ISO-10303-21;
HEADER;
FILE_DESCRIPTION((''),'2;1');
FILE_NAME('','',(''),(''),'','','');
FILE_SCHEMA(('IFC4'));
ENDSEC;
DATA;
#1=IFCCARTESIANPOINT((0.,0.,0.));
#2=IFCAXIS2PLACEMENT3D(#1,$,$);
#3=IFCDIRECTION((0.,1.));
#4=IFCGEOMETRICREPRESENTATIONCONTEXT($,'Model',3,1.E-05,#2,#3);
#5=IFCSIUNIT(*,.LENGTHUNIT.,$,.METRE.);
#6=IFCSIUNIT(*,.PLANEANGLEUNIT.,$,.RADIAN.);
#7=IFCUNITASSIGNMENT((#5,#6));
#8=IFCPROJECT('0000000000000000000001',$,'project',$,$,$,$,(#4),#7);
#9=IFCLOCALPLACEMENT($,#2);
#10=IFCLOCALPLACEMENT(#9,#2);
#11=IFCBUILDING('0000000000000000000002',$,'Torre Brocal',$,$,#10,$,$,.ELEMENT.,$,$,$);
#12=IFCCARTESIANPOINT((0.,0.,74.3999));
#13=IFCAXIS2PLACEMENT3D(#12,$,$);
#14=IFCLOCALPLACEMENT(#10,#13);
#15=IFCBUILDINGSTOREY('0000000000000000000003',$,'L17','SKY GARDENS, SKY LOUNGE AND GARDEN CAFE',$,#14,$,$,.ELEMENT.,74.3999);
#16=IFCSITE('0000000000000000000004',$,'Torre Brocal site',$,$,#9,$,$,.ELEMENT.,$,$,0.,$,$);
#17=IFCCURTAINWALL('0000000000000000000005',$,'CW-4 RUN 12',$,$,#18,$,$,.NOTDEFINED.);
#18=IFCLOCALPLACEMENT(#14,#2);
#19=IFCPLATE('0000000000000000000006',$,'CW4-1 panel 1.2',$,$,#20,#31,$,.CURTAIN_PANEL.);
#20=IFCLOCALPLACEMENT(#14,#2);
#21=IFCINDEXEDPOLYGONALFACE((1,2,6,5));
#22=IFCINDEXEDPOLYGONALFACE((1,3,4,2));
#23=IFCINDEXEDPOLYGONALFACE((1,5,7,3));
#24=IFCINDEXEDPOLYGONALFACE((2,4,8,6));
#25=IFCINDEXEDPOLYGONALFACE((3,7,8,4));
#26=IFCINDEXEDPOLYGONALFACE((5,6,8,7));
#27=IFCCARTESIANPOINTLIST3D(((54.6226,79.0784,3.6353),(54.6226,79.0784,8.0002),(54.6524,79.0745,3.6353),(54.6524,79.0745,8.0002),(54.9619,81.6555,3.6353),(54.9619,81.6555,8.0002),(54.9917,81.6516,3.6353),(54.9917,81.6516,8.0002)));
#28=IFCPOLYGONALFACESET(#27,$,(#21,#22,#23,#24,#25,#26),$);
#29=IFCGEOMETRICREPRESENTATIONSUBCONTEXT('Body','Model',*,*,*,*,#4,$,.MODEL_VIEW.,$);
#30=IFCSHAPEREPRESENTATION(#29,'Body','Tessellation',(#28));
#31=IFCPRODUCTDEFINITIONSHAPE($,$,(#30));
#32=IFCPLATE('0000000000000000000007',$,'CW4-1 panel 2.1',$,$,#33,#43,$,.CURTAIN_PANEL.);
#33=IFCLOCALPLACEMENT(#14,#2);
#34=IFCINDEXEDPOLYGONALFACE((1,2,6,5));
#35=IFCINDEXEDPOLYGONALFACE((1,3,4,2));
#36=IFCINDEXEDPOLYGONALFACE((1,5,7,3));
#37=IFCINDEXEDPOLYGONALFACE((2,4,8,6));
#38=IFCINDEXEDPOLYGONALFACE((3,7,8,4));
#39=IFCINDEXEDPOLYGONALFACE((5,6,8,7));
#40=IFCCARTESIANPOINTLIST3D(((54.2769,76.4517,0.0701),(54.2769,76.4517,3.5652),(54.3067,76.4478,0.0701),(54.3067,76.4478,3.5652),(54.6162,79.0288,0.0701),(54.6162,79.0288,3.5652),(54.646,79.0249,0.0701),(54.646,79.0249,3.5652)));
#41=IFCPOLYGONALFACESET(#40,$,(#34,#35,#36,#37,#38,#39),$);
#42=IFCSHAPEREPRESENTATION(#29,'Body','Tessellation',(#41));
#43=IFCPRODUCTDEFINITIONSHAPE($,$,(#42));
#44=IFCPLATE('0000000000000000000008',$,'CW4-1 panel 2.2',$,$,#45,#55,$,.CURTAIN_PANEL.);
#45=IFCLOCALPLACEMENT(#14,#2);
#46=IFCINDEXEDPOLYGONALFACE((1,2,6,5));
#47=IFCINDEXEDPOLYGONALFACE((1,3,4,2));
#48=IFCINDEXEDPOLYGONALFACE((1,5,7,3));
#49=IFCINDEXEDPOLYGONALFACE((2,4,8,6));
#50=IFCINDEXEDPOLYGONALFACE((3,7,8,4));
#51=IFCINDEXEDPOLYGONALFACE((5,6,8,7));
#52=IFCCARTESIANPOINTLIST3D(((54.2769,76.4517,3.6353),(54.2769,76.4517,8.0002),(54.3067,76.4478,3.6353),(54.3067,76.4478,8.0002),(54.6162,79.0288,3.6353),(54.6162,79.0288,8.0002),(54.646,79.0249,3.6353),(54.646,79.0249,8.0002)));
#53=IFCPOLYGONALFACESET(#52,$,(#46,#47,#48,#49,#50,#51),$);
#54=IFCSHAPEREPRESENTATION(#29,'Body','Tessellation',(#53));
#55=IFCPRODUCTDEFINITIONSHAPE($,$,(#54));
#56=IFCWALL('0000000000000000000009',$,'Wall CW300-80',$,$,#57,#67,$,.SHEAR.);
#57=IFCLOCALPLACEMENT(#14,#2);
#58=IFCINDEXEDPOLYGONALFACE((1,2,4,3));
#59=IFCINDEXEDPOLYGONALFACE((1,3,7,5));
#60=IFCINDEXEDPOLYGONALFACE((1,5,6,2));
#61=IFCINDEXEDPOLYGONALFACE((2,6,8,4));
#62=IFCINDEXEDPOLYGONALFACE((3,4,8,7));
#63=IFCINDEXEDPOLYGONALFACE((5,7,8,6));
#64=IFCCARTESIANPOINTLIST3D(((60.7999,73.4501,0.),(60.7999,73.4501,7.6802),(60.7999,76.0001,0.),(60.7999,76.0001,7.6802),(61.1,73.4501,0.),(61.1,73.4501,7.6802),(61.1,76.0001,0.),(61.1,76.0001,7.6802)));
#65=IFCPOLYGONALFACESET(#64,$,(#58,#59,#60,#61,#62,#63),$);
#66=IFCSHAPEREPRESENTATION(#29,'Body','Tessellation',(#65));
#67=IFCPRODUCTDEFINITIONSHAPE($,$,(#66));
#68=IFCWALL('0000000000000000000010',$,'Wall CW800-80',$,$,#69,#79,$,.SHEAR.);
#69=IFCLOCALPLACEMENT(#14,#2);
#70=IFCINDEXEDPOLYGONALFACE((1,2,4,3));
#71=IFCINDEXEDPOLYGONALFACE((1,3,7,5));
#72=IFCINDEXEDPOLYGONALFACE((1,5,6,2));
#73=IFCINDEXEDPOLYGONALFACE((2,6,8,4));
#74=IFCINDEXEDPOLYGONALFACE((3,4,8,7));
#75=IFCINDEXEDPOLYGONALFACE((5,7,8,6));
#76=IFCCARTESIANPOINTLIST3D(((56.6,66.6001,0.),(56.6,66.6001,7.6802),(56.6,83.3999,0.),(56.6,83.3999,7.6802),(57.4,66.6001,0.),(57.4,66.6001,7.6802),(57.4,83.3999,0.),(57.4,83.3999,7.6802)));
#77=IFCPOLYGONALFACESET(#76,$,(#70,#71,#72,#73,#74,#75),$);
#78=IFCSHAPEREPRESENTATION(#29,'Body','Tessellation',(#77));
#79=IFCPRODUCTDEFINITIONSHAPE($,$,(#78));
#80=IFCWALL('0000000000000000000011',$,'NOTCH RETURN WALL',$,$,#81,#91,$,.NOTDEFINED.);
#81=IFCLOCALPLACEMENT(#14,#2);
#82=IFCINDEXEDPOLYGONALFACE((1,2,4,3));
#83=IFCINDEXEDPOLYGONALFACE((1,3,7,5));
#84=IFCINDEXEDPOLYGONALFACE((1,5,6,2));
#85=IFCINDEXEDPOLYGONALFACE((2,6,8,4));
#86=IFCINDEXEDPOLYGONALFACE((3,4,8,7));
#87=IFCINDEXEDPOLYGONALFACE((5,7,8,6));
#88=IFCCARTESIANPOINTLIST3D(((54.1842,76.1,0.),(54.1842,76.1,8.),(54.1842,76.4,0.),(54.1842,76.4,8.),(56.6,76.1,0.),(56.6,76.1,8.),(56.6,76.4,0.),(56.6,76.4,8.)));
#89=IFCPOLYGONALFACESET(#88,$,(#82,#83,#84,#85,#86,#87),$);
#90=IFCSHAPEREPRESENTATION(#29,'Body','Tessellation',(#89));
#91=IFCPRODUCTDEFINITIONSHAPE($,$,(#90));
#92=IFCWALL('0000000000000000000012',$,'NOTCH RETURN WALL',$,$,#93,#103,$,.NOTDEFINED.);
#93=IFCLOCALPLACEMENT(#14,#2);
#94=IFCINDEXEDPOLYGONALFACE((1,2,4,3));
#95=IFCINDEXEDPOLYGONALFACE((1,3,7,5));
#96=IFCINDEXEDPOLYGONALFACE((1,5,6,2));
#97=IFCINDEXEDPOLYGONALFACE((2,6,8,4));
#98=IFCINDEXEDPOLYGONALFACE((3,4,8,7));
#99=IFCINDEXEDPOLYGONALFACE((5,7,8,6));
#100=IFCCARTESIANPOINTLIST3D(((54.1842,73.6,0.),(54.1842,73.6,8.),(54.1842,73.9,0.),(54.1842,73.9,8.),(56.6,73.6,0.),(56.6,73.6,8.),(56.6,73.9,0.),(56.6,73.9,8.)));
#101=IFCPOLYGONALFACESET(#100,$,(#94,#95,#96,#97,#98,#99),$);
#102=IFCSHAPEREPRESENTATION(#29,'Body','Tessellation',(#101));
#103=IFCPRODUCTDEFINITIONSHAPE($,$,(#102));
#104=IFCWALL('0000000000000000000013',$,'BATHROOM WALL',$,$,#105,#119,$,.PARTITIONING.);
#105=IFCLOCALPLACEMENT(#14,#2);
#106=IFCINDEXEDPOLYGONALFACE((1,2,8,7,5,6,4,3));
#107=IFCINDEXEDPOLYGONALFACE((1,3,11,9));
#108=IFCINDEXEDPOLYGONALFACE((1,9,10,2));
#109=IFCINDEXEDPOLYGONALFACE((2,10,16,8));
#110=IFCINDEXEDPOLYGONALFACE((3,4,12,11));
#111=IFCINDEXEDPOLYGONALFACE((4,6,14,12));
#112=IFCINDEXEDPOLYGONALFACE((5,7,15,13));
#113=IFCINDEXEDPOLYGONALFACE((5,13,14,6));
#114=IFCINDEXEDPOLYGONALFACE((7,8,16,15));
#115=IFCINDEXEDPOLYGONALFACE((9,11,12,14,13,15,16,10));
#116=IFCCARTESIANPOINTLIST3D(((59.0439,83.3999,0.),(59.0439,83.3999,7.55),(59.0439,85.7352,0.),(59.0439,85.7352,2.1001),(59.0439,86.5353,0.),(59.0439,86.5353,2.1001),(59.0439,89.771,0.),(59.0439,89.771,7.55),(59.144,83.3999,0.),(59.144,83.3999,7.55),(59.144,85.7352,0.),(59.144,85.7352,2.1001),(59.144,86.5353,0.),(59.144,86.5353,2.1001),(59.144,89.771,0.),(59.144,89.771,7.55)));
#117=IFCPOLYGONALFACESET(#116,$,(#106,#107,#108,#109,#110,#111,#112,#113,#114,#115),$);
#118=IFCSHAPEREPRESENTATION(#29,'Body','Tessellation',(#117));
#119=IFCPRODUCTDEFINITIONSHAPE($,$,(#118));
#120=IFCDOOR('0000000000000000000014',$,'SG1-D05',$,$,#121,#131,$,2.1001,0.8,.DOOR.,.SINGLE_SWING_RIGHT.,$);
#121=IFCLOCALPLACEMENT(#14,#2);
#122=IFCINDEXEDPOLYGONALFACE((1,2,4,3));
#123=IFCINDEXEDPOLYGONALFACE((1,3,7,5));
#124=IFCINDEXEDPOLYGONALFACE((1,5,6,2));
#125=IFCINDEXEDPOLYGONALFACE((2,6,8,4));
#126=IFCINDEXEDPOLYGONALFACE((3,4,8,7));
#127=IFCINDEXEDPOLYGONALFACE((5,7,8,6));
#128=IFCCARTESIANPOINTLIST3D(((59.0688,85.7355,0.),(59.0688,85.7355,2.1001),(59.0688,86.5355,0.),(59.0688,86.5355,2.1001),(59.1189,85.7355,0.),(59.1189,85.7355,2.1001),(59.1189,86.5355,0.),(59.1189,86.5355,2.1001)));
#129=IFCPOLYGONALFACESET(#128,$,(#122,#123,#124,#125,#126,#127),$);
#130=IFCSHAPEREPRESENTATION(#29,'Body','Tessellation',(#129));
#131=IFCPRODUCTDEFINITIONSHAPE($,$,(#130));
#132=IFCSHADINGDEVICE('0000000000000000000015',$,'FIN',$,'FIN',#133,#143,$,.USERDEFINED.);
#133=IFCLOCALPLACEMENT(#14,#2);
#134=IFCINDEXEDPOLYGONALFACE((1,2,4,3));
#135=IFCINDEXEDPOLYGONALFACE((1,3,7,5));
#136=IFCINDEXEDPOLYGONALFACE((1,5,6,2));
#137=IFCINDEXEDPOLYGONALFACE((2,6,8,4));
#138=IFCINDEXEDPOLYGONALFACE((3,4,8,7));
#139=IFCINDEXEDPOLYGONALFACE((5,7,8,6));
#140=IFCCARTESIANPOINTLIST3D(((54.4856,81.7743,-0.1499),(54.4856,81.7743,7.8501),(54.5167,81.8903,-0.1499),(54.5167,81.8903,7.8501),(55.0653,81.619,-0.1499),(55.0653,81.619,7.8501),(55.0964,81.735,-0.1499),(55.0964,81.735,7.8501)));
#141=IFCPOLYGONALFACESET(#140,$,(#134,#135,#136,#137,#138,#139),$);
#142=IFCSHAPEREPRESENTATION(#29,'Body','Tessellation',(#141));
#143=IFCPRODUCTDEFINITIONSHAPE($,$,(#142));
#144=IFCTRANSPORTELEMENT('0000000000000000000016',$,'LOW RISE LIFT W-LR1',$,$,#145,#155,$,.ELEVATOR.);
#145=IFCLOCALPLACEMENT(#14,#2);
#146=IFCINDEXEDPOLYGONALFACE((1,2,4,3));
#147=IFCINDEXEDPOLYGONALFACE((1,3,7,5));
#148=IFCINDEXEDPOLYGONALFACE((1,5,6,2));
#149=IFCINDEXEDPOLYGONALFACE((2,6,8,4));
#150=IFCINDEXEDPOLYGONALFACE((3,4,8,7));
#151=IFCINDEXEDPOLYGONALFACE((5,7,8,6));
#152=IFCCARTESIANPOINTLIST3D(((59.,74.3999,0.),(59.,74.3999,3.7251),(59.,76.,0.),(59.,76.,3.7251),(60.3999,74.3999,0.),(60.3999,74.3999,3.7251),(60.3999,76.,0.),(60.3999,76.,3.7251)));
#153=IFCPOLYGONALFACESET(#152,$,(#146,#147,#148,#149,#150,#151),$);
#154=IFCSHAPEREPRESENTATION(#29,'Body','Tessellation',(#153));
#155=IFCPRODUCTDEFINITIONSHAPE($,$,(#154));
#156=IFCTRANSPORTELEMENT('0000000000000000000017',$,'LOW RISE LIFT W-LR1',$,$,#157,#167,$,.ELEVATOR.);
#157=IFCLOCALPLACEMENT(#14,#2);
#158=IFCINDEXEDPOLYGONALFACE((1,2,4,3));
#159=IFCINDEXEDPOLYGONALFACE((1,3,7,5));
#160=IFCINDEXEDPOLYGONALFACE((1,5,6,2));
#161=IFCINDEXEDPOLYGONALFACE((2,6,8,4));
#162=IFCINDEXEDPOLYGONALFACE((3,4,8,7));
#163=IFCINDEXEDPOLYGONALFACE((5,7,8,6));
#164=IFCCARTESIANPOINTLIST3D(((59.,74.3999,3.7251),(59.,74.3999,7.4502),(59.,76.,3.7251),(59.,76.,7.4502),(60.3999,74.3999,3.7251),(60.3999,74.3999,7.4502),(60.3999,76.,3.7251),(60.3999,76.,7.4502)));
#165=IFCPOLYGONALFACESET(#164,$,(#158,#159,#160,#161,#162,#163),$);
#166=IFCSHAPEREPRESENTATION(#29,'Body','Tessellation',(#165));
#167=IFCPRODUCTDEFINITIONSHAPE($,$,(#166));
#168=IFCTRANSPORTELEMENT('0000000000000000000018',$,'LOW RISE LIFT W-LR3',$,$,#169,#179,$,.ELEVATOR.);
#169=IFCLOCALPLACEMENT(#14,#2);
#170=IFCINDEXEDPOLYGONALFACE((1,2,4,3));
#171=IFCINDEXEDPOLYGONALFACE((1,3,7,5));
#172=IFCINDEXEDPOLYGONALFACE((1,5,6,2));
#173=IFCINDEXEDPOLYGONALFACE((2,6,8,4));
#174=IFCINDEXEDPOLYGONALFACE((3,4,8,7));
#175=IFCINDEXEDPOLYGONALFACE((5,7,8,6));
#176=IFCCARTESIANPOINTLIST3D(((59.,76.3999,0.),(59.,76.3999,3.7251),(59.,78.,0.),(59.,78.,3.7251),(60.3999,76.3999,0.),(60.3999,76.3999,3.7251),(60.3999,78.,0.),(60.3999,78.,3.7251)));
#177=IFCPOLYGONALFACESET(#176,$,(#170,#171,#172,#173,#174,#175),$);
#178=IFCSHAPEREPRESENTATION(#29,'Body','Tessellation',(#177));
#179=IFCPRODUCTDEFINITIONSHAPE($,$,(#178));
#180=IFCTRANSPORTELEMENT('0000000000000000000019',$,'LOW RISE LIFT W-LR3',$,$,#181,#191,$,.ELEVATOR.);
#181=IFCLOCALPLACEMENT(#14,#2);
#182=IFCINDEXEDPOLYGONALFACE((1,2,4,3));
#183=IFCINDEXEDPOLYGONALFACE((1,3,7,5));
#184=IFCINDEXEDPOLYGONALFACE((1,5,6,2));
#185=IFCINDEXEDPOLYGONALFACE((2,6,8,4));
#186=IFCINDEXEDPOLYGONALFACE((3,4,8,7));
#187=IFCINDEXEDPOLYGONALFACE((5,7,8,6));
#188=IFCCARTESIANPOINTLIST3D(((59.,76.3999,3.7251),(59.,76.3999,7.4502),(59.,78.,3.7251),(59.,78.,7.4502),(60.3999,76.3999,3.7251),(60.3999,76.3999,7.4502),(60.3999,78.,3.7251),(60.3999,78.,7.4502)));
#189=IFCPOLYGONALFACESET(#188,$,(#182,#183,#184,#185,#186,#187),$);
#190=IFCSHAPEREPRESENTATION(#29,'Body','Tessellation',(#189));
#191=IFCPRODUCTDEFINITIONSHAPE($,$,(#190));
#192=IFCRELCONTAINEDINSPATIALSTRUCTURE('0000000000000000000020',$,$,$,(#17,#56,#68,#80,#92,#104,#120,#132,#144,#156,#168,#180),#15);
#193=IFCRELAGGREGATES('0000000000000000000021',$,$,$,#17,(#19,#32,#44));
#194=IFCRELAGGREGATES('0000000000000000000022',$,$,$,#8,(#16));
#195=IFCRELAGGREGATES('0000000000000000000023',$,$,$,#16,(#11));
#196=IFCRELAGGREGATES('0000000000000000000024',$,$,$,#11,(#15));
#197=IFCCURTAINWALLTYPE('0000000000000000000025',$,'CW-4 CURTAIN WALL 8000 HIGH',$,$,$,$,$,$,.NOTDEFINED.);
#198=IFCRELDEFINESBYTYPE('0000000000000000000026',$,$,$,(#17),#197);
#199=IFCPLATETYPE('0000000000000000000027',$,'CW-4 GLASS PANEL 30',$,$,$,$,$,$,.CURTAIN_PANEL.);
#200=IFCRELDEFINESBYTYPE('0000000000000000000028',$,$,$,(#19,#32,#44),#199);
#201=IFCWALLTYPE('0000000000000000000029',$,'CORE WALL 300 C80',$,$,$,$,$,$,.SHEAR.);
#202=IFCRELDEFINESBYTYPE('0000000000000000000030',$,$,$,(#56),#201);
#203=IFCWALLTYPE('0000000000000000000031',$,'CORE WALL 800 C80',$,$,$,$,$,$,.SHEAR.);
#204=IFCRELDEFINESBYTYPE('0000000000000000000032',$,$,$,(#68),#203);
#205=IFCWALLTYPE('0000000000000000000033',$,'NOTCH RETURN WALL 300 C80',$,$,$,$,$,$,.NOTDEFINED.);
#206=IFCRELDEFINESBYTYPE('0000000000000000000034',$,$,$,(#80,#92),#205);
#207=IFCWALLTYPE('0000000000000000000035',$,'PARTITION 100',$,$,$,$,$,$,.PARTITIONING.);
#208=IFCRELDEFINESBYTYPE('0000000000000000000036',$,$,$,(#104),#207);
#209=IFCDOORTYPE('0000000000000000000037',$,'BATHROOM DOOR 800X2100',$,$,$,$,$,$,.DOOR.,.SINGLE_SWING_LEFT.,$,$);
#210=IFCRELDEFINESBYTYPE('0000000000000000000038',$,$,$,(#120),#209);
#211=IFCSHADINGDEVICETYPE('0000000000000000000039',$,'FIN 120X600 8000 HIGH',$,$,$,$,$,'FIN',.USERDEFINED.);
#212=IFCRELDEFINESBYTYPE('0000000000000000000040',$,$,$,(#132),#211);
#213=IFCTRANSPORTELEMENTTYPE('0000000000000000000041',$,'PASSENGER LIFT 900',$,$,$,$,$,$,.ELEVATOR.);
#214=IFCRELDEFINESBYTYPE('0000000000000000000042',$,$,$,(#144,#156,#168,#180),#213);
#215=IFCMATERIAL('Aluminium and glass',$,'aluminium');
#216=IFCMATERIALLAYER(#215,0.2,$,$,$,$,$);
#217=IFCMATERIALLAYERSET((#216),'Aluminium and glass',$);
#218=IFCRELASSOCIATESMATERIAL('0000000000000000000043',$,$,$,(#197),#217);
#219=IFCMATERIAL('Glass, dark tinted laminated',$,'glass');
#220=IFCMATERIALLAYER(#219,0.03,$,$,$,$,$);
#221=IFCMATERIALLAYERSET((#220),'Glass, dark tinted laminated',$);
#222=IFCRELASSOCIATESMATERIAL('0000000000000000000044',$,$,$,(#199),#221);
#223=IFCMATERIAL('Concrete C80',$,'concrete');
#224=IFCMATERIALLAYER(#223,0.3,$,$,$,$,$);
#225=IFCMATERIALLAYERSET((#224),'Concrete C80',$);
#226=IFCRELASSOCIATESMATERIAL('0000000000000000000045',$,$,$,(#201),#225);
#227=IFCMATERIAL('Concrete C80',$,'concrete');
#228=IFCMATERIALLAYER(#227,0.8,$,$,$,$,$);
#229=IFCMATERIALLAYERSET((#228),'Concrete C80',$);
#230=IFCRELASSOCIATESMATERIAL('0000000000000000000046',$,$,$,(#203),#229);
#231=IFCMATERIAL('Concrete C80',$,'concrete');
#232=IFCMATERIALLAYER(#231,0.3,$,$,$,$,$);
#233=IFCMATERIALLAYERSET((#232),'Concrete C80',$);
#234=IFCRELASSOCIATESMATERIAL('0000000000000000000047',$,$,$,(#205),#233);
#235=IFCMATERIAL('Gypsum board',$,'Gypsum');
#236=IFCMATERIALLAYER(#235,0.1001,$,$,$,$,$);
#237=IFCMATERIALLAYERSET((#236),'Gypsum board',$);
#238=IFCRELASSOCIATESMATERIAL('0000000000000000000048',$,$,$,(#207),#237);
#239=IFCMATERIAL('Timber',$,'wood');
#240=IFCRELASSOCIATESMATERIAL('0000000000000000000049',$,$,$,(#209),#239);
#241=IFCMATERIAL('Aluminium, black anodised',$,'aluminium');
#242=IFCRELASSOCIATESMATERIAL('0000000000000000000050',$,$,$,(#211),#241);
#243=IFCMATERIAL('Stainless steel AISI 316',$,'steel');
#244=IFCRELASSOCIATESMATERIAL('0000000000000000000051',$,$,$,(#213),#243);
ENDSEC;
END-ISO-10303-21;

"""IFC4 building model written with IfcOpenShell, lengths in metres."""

from ifc_helpers import new_model, si_unit, direction, frame, frame_2d, origin, origin_2d, place, context, subcontext, project, spatial, rectangle, extrude, material, layer, layer_set, material_profile, profile_set, type_object, element, fill, aggregate, save


model = new_model("IFC4")

# Units and contexts
model_context = context("Model", 3, precision=1e-05, world=origin(), true_north=direction((0.0, 1.0)))
body_context = subcontext(model_context, "Body", "Model", "MODEL_VIEW")
ifc_project = project(units=[si_unit("LENGTHUNIT", "METRE"), si_unit("PLANEANGLEUNIT", "RADIAN")], contexts=[model_context])

# Site, building, storey
site_placement = place(None, origin())
site = spatial("IfcSite", under=ifc_project, at=site_placement, Name="Torre Brocal site", CompositionType="ELEMENT", RefElevation=0.0)
building_placement = place(site_placement, origin())
building = spatial("IfcBuilding", under=site, at=building_placement, Name="Torre Brocal", CompositionType="ELEMENT")
storey_placement = place(building_placement, frame((0.0, 0.0, 74.3999)))
storey = spatial("IfcBuildingStorey", under=building, at=storey_placement, Name="L17", Description="SKY GARDENS, SKY LOUNGE AND GARDEN CAFE", CompositionType="ELEMENT", Elevation=74.3999)

# Shared definitions
ifc_material_1 = material(Name="Aluminium and glass", Category="aluminium")
ifc_layer_1 = layer(ifc_material_1, 0.2)
ifc_layer_set_1 = layer_set([ifc_layer_1], Name="Aluminium and glass")
curtain_wall_type = type_object("IfcCurtainWallType", Name="CW-4 CURTAIN WALL 8000 HIGH", PredefinedType="NOTDEFINED", material=ifc_layer_set_1)

# Curtain wall
curtain_wall_1_placement = place(storey_placement, origin())
curtain_wall_1 = element("IfcCurtainWall", 1, at=curtain_wall_1_placement, inside=storey, type_object=curtain_wall_type, Name="CW-4 RUN 12", PredefinedType="NOTDEFINED")

# Plates
ifc_material_2 = material(Name="Glass, dark tinted laminated", Category="glass")
ifc_layer_2 = layer(ifc_material_2, 0.03)
ifc_layer_set_2 = layer_set([ifc_layer_2], Name="Glass, dark tinted laminated")
plate_type = type_object("IfcPlateType", Name="CW-4 GLASS PANEL 30", PredefinedType="CURTAIN_PANEL", material=ifc_layer_set_2)
plate_1_placement = place(storey_placement, frame((54.8071, 80.365, 3.6353), z_axis=(0.0, 0.0, 1.0), x_axis=(-0.130526, -0.991445, 0.0)))
plate_1 = element("IfcPlate", 2, at=plate_1_placement, type_object=plate_type, Name="CW4-1 panel 1.2", PredefinedType="CURTAIN_PANEL", context=body_context, shape_type="SweptSolid", body=[
    extrude(rectangle(XDim=2.5994, YDim=0.03, at=origin_2d()), origin(), (0.0, 0.0, 1.0), 4.365),
])
plate_2_placement = place(storey_placement, frame((54.4614, 77.7383, 0.0701), z_axis=(0.0, 0.0, 1.0), x_axis=(-0.130526, -0.991445, 0.0)))
plate_2 = element("IfcPlate", 3, at=plate_2_placement, type_object=plate_type, Name="CW4-1 panel 2.1", PredefinedType="CURTAIN_PANEL", context=body_context, shape_type="SweptSolid", body=[
    extrude(rectangle(XDim=2.5994, YDim=0.03, at=origin_2d()), origin(), (0.0, 0.0, 1.0), 3.4951),
])
plate_3_placement = place(storey_placement, frame((54.4614, 77.7383, 3.6353), z_axis=(0.0, 0.0, 1.0), x_axis=(-0.130526, -0.991445, 0.0)))
plate_3 = element("IfcPlate", 4, at=plate_3_placement, type_object=plate_type, Name="CW4-1 panel 2.2", PredefinedType="CURTAIN_PANEL", context=body_context, shape_type="SweptSolid", body=[
    extrude(rectangle(XDim=2.5994, YDim=0.03, at=origin_2d()), origin(), (0.0, 0.0, 1.0), 4.365),
])
aggregate(curtain_wall_1, [plate_1, plate_2, plate_3])

# Walls
ifc_material_3 = material(Name="Concrete C80", Category="concrete")
ifc_layer_3 = layer(ifc_material_3, 0.3)
ifc_layer_set_3 = layer_set([ifc_layer_3], Name="Concrete C80")
wall_type_1 = type_object("IfcWallType", Name="CORE WALL 300 C80", PredefinedType="SHEAR", material=ifc_layer_set_3)
wall_1_placement = place(storey_placement, frame((60.95, 76.0, 0.0), z_axis=(0.0, 0.0, 1.0), x_axis=(0.0, -1.0, 0.0)))
element("IfcWall", 5, at=wall_1_placement, inside=storey, type_object=wall_type_1, Name="Wall CW300-80", PredefinedType="SHEAR", context=body_context, shape_type="SweptSolid", body=[
    extrude(rectangle(XDim=2.55, YDim=0.3, at=frame_2d((1.2749, 0.0))), origin(), (0.0, 0.0, 1.0), 7.6802),
])
ifc_material_4 = material(Name="Concrete C80", Category="concrete")
ifc_layer_4 = layer(ifc_material_4, 0.8)
ifc_layer_set_4 = layer_set([ifc_layer_4], Name="Concrete C80")
wall_type_2 = type_object("IfcWallType", Name="CORE WALL 800 C80", PredefinedType="SHEAR", material=ifc_layer_set_4)
wall_2_placement = place(storey_placement, frame((57.0, 83.3999, 0.0), z_axis=(0.0, 0.0, 1.0), x_axis=(0.0, -1.0, 0.0)))
element("IfcWall", 6, at=wall_2_placement, inside=storey, type_object=wall_type_2, Name="Wall CW800-80", PredefinedType="SHEAR", context=body_context, shape_type="SweptSolid", body=[
    extrude(rectangle(XDim=16.7998, YDim=0.8, at=frame_2d((8.3999, 0.0))), origin(), (0.0, 0.0, 1.0), 7.6802),
])
ifc_material_5 = material(Name="Concrete C80", Category="concrete")
ifc_layer_5 = layer(ifc_material_5, 0.3)
ifc_layer_set_5 = layer_set([ifc_layer_5], Name="Concrete C80")
wall_type_3 = type_object("IfcWallType", Name="NOTCH RETURN WALL 300 C80", PredefinedType="NOTDEFINED", material=ifc_layer_set_5)
for number, where, z_axis, x_axis, name in (
    (7, (56.6001, 76.25, 0.0), (0.0, 0.0, 1.0), (-1.0, 0.0, 0.0), "NOTCH RETURN WALL"),
    (8, (56.6001, 73.75, 0.0), (0.0, 0.0, 1.0), (-1.0, 0.0, 0.0), "NOTCH RETURN WALL"),
):
    element("IfcWall", number, at=place(storey_placement, frame(where, z_axis=z_axis, x_axis=x_axis)), inside=storey, type_object=wall_type_3, Name=name, PredefinedType="NOTDEFINED", context=body_context, shape_type="SweptSolid", body=[
        extrude(rectangle(XDim=2.4158, YDim=0.3, at=frame_2d((1.208, 0.0))), origin(), (0.0, 0.0, 1.0), 8.0),
    ])

# Wall, opening, door
ifc_material_6 = material(Name="Gypsum board", Category="Gypsum")
ifc_layer_6 = layer(ifc_material_6, 0.1001)
ifc_layer_set_6 = layer_set([ifc_layer_6], Name="Gypsum board")
wall_type_4 = type_object("IfcWallType", Name="PARTITION 100", PredefinedType="PARTITIONING", material=ifc_layer_set_6)
wall_3_placement = place(storey_placement, frame((59.094, 83.3999, 0.0), z_axis=(0.0, 0.0, 1.0), x_axis=(0.0, 1.0, 0.0)))
wall_3 = element("IfcWall", 9, at=wall_3_placement, inside=storey, type_object=wall_type_4, Name="BATHROOM WALL", PredefinedType="PARTITIONING", context=body_context, shape_type="SweptSolid", body=[
    extrude(rectangle(XDim=6.3711, YDim=0.1001, at=frame_2d((3.1855, 0.0))), origin(), (0.0, 0.0, 1.0), 7.55),
])
opening_placement = place(wall_3_placement, frame((2.3354, 0.0, 0.0)))
opening = element("IfcOpeningElement", 10, at=opening_placement, cuts=wall_3, PredefinedType="OPENING", context=body_context, shape_type="SweptSolid", body=[
    extrude(rectangle(XDim=0.8, YDim=2.1001, at=frame_2d((0.3999, 1.05))), frame((0.0, 0.0601, 0.0), z_axis=(0.0, -1.0, 0.0), x_axis=(1.0, 0.0, 0.0)), (0.0, 0.0, 1.0), 0.1201),
])
ifc_material_7 = material(Name="Timber", Category="wood")
door_type = type_object("IfcDoorType", Name="BATHROOM DOOR 800X2100", OperationType="SINGLE_SWING_LEFT", PredefinedType="DOOR", material=ifc_material_7)
door_placement = place(opening_placement, frame((0.8, 0.0, 0.0), z_axis=(0.0, 0.0, 1.0), x_axis=(-1.0, 0.0, 0.0)))
door = element("IfcDoor", 11, at=door_placement, inside=storey, type_object=door_type, Name="SG1-D05", OperationType="SINGLE_SWING_RIGHT", OverallHeight=2.1001, OverallWidth=0.8, PredefinedType="DOOR", context=body_context, shape_type="SweptSolid", body=[
    extrude(rectangle(XDim=0.8, YDim=2.1001, at=frame_2d((0.3999, 1.05))), frame((0.0, 0.0249, 0.0), z_axis=(0.0, -1.0, 0.0), x_axis=(1.0, 0.0, 0.0)), (0.0, 0.0, 1.0), 0.05),
])
fill(opening, door)

# Shading device
ifc_material_8 = material(Name="Aluminium, black anodised", Category="aluminium")
ifc_material_profile_1 = material_profile(ifc_material_8, rectangle(XDim=0.1201, YDim=0.6001, at=origin_2d()), Name="FIN 120X600 8000 HIGH")
ifc_profile_set_1 = profile_set([ifc_material_profile_1], Name="Aluminium, black anodised")
shading_device_type = type_object("IfcShadingDeviceType", Name="FIN 120X600 8000 HIGH", ElementType="FIN", PredefinedType="USERDEFINED", material=ifc_profile_set_1)
shading_device_placement = place(storey_placement, frame((54.791, 81.7546, -0.1499), z_axis=(0.0, 0.0, 1.0), x_axis=(-0.258819, -0.965926, 0.0)))
element("IfcShadingDevice", 12, at=shading_device_placement, inside=storey, type_object=shading_device_type, Name="FIN", ObjectType="FIN", PredefinedType="USERDEFINED", context=body_context, shape_type="SweptSolid", body=[
    extrude(rectangle(XDim=0.1201, YDim=0.6001, at=origin_2d()), origin(), (0.0, 0.0, 1.0), 8.0),
])

# Transport elements
ifc_material_9 = material(Name="Stainless steel AISI 316", Category="steel")
transport_element_type = type_object("IfcTransportElementType", Name="PASSENGER LIFT 900", PredefinedType="ELEVATOR", material=ifc_material_9)
for number, where, z_axis, x_axis, name in (
    (13, (59.7, 75.2, 0.0), (0.0, 0.0, 1.0), (1.0, 0.0, 0.0), "LOW RISE LIFT W-LR1"),
    (14, (59.7, 75.2, 3.7251), (0.0, 0.0, 1.0), (1.0, 0.0, 0.0), "LOW RISE LIFT W-LR1"),
    (15, (59.7, 77.2, 0.0), (0.0, 0.0, 1.0), (1.0, 0.0, 0.0), "LOW RISE LIFT W-LR3"),
    (16, (59.7, 77.2, 3.7251), (0.0, 0.0, 1.0), (1.0, 0.0, 0.0), "LOW RISE LIFT W-LR3"),
):
    element("IfcTransportElement", number, at=place(storey_placement, frame(where, z_axis=z_axis, x_axis=x_axis)), inside=storey, type_object=transport_element_type, Name=name, PredefinedType="ELEVATOR", context=body_context, shape_type="SweptSolid", body=[
        extrude(rectangle(XDim=1.3999, YDim=1.6001, at=origin_2d()), origin(), (0.0, 0.0, 1.0), 3.7251),
    ])

save(model, "model.ifc")
